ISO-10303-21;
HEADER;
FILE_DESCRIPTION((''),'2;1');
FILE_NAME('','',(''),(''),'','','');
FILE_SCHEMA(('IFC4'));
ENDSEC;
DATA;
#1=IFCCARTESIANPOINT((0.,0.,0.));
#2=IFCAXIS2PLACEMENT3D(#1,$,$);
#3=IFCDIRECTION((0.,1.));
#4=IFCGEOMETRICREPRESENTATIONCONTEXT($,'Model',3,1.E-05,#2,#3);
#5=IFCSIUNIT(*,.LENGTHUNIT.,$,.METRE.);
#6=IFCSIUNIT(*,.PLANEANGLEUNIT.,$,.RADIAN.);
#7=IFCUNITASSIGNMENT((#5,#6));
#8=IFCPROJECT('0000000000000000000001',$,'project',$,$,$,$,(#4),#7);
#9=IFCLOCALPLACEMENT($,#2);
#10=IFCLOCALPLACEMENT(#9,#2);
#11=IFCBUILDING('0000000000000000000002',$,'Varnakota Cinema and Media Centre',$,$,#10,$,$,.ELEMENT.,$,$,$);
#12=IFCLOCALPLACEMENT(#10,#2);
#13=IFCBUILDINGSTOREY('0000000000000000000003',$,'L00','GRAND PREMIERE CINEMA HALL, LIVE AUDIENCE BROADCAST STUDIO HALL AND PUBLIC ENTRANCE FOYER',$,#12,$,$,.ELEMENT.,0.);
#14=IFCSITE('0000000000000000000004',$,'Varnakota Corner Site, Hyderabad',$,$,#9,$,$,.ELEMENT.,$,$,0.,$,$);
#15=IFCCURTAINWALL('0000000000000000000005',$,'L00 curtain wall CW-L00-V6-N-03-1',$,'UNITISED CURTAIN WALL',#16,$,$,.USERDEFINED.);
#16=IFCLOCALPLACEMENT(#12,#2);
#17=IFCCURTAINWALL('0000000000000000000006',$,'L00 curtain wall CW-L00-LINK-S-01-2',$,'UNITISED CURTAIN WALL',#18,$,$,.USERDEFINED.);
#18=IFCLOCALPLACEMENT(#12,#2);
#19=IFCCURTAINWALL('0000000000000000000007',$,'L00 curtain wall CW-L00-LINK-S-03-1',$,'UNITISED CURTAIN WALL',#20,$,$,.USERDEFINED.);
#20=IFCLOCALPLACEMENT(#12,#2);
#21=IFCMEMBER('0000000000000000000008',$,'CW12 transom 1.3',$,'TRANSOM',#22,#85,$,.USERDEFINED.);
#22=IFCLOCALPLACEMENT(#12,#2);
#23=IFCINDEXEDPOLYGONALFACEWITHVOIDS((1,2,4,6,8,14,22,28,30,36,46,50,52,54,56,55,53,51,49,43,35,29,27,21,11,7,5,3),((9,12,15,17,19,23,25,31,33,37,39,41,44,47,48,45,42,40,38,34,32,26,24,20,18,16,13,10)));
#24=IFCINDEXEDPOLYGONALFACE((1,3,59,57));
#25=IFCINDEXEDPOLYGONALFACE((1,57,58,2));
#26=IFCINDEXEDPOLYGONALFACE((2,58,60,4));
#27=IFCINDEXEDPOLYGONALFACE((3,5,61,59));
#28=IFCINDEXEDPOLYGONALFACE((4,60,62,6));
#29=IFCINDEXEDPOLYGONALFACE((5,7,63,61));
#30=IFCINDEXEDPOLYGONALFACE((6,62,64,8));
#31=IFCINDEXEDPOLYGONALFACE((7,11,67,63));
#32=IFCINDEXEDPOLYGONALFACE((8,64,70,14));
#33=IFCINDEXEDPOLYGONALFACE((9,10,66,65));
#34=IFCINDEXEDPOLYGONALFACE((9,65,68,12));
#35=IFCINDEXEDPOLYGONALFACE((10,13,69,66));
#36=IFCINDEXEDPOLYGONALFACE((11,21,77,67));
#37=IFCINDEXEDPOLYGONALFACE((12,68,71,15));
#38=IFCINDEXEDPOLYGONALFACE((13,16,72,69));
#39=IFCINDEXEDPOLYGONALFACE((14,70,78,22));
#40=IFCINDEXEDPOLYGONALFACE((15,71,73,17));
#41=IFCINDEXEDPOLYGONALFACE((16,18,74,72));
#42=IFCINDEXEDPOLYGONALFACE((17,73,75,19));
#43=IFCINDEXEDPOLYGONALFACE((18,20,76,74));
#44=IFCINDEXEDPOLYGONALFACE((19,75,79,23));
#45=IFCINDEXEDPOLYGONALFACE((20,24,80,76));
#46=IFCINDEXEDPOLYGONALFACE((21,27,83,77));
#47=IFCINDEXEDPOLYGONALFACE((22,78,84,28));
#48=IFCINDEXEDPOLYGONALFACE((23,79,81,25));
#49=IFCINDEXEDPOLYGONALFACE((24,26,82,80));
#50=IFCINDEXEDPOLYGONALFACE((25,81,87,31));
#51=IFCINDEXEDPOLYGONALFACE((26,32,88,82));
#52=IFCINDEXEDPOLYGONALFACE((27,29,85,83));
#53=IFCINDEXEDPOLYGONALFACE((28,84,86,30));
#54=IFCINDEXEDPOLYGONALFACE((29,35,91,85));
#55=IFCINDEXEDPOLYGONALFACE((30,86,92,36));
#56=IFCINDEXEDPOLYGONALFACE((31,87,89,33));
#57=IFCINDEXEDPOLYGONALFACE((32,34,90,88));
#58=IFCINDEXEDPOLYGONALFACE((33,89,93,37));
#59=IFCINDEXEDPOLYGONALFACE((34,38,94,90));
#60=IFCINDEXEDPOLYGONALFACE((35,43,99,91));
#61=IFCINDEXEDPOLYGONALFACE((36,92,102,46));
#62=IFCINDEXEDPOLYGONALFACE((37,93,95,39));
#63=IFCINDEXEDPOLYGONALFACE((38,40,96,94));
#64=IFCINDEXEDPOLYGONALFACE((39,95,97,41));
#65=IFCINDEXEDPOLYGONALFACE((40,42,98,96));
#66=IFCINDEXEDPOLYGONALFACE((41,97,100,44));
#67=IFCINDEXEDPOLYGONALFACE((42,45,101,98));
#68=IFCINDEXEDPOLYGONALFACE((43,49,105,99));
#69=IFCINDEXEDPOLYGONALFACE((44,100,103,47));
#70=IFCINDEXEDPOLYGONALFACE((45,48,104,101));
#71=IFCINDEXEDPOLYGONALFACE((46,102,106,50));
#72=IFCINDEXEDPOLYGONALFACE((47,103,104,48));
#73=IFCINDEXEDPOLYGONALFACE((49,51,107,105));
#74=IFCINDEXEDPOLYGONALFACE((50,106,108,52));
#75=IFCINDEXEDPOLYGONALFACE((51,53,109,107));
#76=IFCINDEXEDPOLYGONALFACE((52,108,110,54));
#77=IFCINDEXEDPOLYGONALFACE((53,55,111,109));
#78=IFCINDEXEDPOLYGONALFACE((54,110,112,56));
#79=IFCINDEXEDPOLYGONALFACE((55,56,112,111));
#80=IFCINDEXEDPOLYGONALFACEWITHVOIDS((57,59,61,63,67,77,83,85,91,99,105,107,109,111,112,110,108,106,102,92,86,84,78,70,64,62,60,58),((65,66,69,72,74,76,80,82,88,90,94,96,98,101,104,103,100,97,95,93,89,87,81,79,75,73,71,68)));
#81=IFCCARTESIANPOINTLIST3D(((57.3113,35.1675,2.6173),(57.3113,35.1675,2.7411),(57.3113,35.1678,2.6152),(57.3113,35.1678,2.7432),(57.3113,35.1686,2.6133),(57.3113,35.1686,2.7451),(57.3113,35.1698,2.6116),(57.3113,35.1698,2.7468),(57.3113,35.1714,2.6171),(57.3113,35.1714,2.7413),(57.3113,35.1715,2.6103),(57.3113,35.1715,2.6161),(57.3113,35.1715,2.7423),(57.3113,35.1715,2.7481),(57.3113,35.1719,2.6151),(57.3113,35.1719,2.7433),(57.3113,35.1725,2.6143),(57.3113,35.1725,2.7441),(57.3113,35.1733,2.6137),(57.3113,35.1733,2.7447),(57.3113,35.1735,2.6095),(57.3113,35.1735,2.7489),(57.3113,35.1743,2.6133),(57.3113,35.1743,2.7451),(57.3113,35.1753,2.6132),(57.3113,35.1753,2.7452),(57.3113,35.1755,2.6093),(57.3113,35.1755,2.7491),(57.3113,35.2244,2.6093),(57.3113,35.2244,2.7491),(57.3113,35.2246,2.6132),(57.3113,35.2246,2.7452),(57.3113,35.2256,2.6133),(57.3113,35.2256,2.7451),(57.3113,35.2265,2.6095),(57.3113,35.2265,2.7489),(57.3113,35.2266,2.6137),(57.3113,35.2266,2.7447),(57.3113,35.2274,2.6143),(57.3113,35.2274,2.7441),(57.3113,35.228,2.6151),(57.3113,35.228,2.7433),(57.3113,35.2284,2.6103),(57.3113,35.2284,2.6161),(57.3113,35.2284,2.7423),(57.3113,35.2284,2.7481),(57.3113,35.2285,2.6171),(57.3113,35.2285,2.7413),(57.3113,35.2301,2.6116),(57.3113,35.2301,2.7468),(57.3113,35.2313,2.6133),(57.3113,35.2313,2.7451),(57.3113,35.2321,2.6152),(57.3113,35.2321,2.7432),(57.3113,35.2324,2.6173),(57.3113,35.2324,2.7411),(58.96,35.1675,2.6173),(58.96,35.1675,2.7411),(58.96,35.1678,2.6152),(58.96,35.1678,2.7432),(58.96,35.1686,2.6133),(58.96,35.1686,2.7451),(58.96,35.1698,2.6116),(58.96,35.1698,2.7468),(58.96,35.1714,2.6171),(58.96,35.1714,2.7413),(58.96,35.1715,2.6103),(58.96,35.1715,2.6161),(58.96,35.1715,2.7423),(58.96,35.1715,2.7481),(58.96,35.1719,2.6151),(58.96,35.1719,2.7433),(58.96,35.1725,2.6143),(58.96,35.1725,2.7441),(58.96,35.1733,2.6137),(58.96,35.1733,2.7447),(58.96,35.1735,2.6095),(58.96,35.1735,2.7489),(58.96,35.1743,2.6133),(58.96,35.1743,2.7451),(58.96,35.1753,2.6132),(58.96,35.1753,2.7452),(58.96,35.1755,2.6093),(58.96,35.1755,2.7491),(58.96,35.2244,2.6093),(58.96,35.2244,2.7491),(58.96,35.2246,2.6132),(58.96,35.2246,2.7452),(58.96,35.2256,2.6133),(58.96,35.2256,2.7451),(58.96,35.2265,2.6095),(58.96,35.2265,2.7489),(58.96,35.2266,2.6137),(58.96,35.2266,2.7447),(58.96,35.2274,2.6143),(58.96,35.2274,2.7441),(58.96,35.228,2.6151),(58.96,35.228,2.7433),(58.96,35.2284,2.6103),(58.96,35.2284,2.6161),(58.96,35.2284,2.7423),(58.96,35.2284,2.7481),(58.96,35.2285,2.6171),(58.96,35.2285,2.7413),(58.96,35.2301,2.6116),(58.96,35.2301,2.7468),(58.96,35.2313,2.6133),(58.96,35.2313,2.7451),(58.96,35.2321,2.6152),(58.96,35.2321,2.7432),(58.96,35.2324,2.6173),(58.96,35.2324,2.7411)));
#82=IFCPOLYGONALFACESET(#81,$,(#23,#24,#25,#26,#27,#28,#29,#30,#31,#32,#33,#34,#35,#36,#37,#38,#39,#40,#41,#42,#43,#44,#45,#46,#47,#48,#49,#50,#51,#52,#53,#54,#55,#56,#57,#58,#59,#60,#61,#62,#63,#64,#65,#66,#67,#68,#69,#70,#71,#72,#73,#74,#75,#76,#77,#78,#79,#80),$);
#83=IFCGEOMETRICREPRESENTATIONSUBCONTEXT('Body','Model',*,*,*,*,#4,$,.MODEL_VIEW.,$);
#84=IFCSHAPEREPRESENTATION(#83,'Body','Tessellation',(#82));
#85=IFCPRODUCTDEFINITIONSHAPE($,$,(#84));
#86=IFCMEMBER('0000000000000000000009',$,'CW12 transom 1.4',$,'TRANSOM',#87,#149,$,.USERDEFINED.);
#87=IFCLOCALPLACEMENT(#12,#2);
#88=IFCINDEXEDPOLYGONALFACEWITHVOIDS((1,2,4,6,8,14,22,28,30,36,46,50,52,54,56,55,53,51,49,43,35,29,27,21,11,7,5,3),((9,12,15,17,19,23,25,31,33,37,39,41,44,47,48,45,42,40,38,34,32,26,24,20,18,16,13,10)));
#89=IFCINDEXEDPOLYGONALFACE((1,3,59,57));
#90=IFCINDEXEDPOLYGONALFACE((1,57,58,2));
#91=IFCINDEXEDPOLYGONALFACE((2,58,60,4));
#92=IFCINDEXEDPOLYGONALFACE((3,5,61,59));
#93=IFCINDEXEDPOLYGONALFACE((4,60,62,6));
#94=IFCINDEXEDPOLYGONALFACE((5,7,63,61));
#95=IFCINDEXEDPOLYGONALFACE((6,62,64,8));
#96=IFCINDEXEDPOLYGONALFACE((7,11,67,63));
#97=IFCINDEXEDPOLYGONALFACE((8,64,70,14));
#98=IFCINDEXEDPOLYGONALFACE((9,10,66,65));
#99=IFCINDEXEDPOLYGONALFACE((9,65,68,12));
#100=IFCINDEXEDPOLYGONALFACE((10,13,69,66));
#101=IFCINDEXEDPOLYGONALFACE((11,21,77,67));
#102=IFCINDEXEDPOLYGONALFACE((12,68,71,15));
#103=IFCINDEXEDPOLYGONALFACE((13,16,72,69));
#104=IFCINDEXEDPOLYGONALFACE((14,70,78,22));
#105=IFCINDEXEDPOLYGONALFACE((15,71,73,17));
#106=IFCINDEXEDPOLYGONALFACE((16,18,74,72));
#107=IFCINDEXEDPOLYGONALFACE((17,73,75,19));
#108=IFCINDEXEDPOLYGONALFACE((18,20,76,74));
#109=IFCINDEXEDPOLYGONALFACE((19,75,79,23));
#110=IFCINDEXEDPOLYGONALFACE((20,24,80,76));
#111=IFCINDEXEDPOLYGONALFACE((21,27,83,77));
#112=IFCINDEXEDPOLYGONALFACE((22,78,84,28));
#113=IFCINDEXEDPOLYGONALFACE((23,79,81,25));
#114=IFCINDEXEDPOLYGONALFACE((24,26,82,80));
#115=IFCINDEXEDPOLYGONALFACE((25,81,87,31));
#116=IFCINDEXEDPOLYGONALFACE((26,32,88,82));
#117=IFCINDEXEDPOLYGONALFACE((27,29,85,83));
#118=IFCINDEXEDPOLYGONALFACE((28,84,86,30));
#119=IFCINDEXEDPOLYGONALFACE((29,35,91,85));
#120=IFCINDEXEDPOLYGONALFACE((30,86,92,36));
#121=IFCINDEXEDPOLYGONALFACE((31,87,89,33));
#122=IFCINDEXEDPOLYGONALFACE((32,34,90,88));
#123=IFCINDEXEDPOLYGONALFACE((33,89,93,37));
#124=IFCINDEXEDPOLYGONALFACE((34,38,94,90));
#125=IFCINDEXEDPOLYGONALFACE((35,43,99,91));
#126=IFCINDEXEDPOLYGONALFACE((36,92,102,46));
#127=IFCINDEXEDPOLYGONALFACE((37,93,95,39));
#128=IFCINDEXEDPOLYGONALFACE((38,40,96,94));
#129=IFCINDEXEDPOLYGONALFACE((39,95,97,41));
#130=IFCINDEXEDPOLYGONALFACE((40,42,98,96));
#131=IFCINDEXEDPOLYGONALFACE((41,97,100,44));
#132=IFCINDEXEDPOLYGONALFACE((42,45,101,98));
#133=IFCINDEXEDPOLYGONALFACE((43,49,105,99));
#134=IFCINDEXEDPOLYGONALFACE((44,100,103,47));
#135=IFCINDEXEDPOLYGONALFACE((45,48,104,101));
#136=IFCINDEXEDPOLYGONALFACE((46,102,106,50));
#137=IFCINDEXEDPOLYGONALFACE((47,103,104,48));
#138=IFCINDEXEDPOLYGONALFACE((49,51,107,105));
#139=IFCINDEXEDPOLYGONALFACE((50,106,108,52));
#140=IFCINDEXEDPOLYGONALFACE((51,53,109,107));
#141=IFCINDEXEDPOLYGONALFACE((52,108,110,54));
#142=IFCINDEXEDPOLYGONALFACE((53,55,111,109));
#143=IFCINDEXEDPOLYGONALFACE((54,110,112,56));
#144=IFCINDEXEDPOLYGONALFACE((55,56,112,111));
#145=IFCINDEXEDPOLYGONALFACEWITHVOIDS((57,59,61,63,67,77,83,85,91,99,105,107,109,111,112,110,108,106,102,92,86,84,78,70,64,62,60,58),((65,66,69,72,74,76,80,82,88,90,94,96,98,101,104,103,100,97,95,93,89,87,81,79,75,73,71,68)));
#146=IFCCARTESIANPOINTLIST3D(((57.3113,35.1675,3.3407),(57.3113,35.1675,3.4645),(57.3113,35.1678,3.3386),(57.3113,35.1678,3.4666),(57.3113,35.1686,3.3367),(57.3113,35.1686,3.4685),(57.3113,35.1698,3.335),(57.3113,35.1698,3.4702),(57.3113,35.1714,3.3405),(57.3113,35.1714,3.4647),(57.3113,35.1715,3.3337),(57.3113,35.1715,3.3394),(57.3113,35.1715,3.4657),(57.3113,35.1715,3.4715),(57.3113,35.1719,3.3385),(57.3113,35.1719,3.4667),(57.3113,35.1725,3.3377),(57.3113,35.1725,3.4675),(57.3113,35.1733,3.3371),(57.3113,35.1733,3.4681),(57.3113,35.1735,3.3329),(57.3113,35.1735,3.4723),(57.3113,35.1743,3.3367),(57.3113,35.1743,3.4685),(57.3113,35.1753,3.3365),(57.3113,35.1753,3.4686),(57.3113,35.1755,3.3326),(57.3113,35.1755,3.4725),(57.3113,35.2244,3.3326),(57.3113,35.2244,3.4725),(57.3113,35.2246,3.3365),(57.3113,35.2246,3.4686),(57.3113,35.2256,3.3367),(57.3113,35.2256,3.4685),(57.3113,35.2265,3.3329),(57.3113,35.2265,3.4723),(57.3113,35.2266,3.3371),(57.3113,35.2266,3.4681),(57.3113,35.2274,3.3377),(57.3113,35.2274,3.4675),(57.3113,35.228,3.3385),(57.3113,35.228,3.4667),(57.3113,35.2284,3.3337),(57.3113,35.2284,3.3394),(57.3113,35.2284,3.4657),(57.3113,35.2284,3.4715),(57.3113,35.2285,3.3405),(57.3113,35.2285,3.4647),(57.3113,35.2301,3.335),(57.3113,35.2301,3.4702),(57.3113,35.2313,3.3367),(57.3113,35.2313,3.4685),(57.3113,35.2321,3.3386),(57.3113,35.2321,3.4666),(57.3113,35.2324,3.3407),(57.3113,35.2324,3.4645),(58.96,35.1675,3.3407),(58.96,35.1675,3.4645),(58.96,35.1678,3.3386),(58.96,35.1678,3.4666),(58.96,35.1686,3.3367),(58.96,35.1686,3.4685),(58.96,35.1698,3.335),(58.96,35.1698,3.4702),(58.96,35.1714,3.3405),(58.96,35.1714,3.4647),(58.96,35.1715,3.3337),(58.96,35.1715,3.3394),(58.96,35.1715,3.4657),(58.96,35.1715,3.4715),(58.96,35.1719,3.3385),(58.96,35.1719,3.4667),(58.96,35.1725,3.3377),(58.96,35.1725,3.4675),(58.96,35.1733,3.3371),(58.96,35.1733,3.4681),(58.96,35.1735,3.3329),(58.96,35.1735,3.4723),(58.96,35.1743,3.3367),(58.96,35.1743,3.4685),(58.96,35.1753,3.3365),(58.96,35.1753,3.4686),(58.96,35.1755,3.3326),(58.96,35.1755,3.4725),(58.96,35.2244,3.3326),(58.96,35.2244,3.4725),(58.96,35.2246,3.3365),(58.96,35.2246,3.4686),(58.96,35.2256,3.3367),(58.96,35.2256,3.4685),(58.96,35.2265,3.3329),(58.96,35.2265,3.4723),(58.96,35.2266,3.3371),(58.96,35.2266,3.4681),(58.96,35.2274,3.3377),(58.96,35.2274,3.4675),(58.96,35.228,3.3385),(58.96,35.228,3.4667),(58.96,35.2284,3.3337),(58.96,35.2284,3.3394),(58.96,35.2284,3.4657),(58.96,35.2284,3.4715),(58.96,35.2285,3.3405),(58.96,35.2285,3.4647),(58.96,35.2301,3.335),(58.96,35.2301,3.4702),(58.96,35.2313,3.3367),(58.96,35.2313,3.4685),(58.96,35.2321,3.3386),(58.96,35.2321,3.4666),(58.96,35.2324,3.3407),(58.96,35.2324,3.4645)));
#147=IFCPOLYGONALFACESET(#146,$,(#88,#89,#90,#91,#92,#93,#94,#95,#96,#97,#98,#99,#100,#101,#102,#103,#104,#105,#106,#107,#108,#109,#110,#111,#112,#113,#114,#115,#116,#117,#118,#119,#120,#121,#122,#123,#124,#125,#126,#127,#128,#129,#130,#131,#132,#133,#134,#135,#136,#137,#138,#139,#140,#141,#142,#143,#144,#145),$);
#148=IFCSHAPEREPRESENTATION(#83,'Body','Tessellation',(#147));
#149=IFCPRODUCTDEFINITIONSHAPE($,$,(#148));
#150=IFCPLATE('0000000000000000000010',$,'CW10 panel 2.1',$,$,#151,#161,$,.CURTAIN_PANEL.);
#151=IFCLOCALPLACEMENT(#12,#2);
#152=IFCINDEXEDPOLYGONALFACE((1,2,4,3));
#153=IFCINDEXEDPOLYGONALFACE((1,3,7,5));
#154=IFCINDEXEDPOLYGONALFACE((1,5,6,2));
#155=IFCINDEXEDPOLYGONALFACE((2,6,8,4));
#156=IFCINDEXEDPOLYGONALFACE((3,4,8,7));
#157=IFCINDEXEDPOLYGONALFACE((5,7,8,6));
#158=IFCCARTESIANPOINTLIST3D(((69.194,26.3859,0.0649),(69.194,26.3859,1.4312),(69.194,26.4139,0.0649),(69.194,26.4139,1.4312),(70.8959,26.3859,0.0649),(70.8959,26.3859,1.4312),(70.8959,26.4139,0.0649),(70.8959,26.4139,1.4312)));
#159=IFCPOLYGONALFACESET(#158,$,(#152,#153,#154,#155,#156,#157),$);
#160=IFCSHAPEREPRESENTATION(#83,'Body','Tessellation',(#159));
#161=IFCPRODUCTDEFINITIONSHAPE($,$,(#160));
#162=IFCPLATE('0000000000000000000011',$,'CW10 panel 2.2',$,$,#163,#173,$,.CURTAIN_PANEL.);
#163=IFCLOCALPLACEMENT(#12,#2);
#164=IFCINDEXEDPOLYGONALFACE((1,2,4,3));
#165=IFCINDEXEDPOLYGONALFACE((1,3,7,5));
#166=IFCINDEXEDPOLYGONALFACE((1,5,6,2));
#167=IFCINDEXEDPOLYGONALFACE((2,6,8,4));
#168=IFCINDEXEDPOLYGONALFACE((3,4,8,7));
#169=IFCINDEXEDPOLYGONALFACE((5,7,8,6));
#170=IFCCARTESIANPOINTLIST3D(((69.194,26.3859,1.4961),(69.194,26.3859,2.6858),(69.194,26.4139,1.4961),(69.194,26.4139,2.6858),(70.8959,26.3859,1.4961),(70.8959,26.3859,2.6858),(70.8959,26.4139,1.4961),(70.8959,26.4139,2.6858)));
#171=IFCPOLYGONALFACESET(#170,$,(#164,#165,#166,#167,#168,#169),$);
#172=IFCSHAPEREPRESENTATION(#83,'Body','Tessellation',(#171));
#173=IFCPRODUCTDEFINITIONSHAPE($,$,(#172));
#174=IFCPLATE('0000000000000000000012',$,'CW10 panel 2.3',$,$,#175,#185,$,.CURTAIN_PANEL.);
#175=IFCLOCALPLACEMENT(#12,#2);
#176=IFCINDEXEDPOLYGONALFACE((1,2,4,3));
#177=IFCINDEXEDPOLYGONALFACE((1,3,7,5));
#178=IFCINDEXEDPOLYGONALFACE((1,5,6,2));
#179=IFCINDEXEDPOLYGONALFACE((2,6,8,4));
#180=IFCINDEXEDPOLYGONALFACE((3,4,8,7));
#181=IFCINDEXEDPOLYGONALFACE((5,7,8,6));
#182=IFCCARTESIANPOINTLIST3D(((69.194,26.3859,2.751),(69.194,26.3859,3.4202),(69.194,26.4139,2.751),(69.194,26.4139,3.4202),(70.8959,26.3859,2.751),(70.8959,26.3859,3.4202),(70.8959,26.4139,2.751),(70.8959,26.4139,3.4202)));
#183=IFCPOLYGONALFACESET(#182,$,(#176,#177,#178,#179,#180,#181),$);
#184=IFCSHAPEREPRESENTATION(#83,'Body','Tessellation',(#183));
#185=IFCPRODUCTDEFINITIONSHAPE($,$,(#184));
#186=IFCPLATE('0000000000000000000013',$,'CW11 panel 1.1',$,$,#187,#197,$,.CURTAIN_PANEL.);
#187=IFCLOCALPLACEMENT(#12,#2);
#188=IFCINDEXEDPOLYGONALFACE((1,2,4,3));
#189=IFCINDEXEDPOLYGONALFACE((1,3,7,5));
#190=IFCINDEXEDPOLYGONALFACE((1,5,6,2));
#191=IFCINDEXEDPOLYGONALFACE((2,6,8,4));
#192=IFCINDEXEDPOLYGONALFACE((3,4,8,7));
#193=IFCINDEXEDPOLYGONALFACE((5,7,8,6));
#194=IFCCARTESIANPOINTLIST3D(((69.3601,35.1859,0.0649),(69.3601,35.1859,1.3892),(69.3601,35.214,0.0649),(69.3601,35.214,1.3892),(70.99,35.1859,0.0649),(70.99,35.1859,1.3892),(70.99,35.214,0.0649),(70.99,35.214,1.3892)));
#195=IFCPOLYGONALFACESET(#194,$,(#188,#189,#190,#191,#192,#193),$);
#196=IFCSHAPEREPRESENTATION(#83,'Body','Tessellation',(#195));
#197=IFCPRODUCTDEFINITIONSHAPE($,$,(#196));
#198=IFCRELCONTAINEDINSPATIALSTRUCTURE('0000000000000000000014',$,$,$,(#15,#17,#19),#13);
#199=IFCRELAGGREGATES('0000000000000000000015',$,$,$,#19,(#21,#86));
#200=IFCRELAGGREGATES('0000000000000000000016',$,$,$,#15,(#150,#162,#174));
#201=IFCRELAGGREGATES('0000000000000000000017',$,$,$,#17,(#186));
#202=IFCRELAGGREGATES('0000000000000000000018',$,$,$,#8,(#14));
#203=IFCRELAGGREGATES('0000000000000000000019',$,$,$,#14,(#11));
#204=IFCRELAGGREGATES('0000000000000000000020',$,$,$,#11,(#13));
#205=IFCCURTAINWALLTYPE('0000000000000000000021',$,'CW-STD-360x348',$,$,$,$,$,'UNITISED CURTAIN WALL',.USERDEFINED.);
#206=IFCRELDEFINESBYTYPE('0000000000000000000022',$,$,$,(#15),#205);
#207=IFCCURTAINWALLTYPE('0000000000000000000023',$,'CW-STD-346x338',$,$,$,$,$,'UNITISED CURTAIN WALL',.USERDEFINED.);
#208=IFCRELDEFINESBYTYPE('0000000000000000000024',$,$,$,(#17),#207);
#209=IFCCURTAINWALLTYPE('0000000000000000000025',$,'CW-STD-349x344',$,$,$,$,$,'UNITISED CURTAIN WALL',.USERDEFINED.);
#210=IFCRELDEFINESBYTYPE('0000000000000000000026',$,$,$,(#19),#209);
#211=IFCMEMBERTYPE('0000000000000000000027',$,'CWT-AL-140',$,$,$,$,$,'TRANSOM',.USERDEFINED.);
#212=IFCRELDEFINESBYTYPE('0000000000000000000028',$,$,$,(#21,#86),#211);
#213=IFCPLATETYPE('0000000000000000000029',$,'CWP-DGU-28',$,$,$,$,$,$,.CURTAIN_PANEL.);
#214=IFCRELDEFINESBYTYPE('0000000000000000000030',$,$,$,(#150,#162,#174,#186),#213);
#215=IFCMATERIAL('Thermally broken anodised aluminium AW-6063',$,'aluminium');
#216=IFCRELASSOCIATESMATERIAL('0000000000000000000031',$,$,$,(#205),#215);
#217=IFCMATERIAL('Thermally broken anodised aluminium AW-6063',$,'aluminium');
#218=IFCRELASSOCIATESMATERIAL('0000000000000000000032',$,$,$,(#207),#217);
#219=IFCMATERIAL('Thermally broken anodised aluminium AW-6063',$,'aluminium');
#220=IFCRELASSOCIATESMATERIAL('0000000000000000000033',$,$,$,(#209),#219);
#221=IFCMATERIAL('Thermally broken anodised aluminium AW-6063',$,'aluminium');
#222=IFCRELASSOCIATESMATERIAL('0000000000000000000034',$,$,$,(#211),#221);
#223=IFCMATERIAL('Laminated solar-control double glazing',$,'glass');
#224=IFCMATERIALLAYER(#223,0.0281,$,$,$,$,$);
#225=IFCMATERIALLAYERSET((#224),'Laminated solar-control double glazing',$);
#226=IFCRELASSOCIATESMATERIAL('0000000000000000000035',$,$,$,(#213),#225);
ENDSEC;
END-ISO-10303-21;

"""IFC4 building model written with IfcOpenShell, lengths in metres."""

from ifc_helpers import new_model, si_unit, direction, frame, origin, origin_2d, place, context, subcontext, project, spatial, rectangle, hollow_rectangle, extrude, material, layer, layer_set, material_profile, profile_set, type_object, element, aggregate, save


model = new_model("IFC4")

# Units and contexts
model_context = context("Model", 3, precision=1e-05, world=origin(), true_north=direction((0.0, 1.0)))
body_context = subcontext(model_context, "Body", "Model", "MODEL_VIEW")
ifc_project = project(units=[si_unit("LENGTHUNIT", "METRE"), si_unit("PLANEANGLEUNIT", "RADIAN")], contexts=[model_context])

# Site, building, storey
site_placement = place(None, origin())
site = spatial("IfcSite", under=ifc_project, at=site_placement, Name="Varnakota Corner Site, Hyderabad", CompositionType="ELEMENT", RefElevation=0.0)
building_placement = place(site_placement, origin())
building = spatial("IfcBuilding", under=site, at=building_placement, Name="Varnakota Cinema and Media Centre", CompositionType="ELEMENT")
storey_placement = place(building_placement, origin())
storey = spatial("IfcBuildingStorey", under=building, at=storey_placement, Name="L00", Description="GRAND PREMIERE CINEMA HALL, LIVE AUDIENCE BROADCAST STUDIO HALL AND PUBLIC ENTRANCE FOYER", CompositionType="ELEMENT", Elevation=0.0)

# Curtain wall
ifc_material_1 = material(Name="Thermally broken anodised aluminium AW-6063", Category="aluminium")
curtain_wall_type_1 = type_object("IfcCurtainWallType", Name="CW-STD-360x348", ElementType="UNITISED CURTAIN WALL", PredefinedType="USERDEFINED", material=ifc_material_1)
curtain_wall_1_placement = place(storey_placement, origin())
curtain_wall_1 = element("IfcCurtainWall", 1, at=curtain_wall_1_placement, inside=storey, type_object=curtain_wall_type_1, Name="L00 curtain wall CW-L00-V6-N-03-1", ObjectType="UNITISED CURTAIN WALL", PredefinedType="USERDEFINED")

# Curtain wall
ifc_material_2 = material(Name="Thermally broken anodised aluminium AW-6063", Category="aluminium")
curtain_wall_type_2 = type_object("IfcCurtainWallType", Name="CW-STD-346x338", ElementType="UNITISED CURTAIN WALL", PredefinedType="USERDEFINED", material=ifc_material_2)
curtain_wall_2_placement = place(storey_placement, origin())
curtain_wall_2 = element("IfcCurtainWall", 2, at=curtain_wall_2_placement, inside=storey, type_object=curtain_wall_type_2, Name="L00 curtain wall CW-L00-LINK-S-01-2", ObjectType="UNITISED CURTAIN WALL", PredefinedType="USERDEFINED")

# Curtain wall
ifc_material_3 = material(Name="Thermally broken anodised aluminium AW-6063", Category="aluminium")
curtain_wall_type_3 = type_object("IfcCurtainWallType", Name="CW-STD-349x344", ElementType="UNITISED CURTAIN WALL", PredefinedType="USERDEFINED", material=ifc_material_3)
curtain_wall_3_placement = place(storey_placement, origin())
curtain_wall_3 = element("IfcCurtainWall", 3, at=curtain_wall_3_placement, inside=storey, type_object=curtain_wall_type_3, Name="L00 curtain wall CW-L00-LINK-S-03-1", ObjectType="UNITISED CURTAIN WALL", PredefinedType="USERDEFINED")

# Members
ifc_material_4 = material(Name="Thermally broken anodised aluminium AW-6063", Category="aluminium")
ifc_material_profile_1 = material_profile(ifc_material_4, hollow_rectangle(XDim=0.0649, YDim=0.1399, WallThickness=0.0039, InnerFilletRadius=0.0039, OuterFilletRadius=0.0081, at=origin_2d()), Name="AL-TRANSOM 140x65x4")
ifc_profile_set_1 = profile_set([ifc_material_profile_1], Name="Thermally broken anodised aluminium AW-6063")
member_type_1 = type_object("IfcMemberType", Name="CWT-AL-140", ElementType="TRANSOM", PredefinedType="USERDEFINED", material=ifc_profile_set_1)
member_1_placement = place(storey_placement, frame((58.96, 35.2, 2.6792), z_axis=(-1.0, 0.0, 0.0), x_axis=(0.0, -1.0, 0.0)))
member_1 = element("IfcMember", 4, at=member_1_placement, type_object=member_type_1, Name="CW12 transom 1.3", ObjectType="TRANSOM", PredefinedType="USERDEFINED", context=body_context, shape_type="SweptSolid", body=[
    extrude(hollow_rectangle(XDim=0.0649, YDim=0.1399, WallThickness=0.0039, InnerFilletRadius=0.0039, OuterFilletRadius=0.0081, at=origin_2d()), origin(), (0.0, 0.0, 1.0), 1.6487),
])
member_2_placement = place(storey_placement, frame((58.96, 35.2, 3.4026), z_axis=(-1.0, 0.0, 0.0), x_axis=(0.0, -1.0, 0.0)))
member_2 = element("IfcMember", 5, at=member_2_placement, type_object=member_type_1, Name="CW12 transom 1.4", ObjectType="TRANSOM", PredefinedType="USERDEFINED", context=body_context, shape_type="SweptSolid", body=[
    extrude(hollow_rectangle(XDim=0.0649, YDim=0.1399, WallThickness=0.0039, InnerFilletRadius=0.0039, OuterFilletRadius=0.0081, at=origin_2d()), origin(), (0.0, 0.0, 1.0), 1.6487),
])
aggregate(curtain_wall_3, [member_1, member_2])

# Plates
ifc_material_5 = material(Name="Laminated solar-control double glazing", Category="glass")
ifc_layer_1 = layer(ifc_material_5, 0.0281)
ifc_layer_set_1 = layer_set([ifc_layer_1], Name="Laminated solar-control double glazing")
plate_type = type_object("IfcPlateType", Name="CWP-DGU-28", PredefinedType="CURTAIN_PANEL", material=ifc_layer_set_1)
plate_1_placement = place(storey_placement, frame((70.0449, 26.3999, 0.0649), z_axis=(0.0, 0.0, 1.0), x_axis=(1.0, 0.0, 0.0)))
plate_1 = element("IfcPlate", 6, at=plate_1_placement, type_object=plate_type, Name="CW10 panel 2.1", PredefinedType="CURTAIN_PANEL", context=body_context, shape_type="SweptSolid", body=[
    extrude(rectangle(XDim=1.7019, YDim=0.0281, at=origin_2d()), origin(), (0.0, 0.0, 1.0), 1.3662),
])
plate_2_placement = place(storey_placement, frame((70.0449, 26.3999, 1.4961), z_axis=(0.0, 0.0, 1.0), x_axis=(1.0, 0.0, 0.0)))
plate_2 = element("IfcPlate", 7, at=plate_2_placement, type_object=plate_type, Name="CW10 panel 2.2", PredefinedType="CURTAIN_PANEL", context=body_context, shape_type="SweptSolid", body=[
    extrude(rectangle(XDim=1.7019, YDim=0.0281, at=origin_2d()), origin(), (0.0, 0.0, 1.0), 1.1897),
])
plate_3_placement = place(storey_placement, frame((70.0449, 26.3999, 2.751), z_axis=(0.0, 0.0, 1.0), x_axis=(1.0, 0.0, 0.0)))
plate_3 = element("IfcPlate", 8, at=plate_3_placement, type_object=plate_type, Name="CW10 panel 2.3", PredefinedType="CURTAIN_PANEL", context=body_context, shape_type="SweptSolid", body=[
    extrude(rectangle(XDim=1.7019, YDim=0.0281, at=origin_2d()), origin(), (0.0, 0.0, 1.0), 0.6692),
])
aggregate(curtain_wall_1, [plate_1, plate_2, plate_3])
plate_4_placement = place(storey_placement, frame((70.175, 35.2, 0.0649), z_axis=(0.0, 0.0, 1.0), x_axis=(-1.0, 0.0, 0.0)))
plate_4 = element("IfcPlate", 9, at=plate_4_placement, type_object=plate_type, Name="CW11 panel 1.1", PredefinedType="CURTAIN_PANEL", context=body_context, shape_type="SweptSolid", body=[
    extrude(rectangle(XDim=1.6299, YDim=0.0281, at=origin_2d()), origin(), (0.0, 0.0, 1.0), 1.3242),
])
aggregate(curtain_wall_2, [plate_4])

save(model, "model.ifc")
